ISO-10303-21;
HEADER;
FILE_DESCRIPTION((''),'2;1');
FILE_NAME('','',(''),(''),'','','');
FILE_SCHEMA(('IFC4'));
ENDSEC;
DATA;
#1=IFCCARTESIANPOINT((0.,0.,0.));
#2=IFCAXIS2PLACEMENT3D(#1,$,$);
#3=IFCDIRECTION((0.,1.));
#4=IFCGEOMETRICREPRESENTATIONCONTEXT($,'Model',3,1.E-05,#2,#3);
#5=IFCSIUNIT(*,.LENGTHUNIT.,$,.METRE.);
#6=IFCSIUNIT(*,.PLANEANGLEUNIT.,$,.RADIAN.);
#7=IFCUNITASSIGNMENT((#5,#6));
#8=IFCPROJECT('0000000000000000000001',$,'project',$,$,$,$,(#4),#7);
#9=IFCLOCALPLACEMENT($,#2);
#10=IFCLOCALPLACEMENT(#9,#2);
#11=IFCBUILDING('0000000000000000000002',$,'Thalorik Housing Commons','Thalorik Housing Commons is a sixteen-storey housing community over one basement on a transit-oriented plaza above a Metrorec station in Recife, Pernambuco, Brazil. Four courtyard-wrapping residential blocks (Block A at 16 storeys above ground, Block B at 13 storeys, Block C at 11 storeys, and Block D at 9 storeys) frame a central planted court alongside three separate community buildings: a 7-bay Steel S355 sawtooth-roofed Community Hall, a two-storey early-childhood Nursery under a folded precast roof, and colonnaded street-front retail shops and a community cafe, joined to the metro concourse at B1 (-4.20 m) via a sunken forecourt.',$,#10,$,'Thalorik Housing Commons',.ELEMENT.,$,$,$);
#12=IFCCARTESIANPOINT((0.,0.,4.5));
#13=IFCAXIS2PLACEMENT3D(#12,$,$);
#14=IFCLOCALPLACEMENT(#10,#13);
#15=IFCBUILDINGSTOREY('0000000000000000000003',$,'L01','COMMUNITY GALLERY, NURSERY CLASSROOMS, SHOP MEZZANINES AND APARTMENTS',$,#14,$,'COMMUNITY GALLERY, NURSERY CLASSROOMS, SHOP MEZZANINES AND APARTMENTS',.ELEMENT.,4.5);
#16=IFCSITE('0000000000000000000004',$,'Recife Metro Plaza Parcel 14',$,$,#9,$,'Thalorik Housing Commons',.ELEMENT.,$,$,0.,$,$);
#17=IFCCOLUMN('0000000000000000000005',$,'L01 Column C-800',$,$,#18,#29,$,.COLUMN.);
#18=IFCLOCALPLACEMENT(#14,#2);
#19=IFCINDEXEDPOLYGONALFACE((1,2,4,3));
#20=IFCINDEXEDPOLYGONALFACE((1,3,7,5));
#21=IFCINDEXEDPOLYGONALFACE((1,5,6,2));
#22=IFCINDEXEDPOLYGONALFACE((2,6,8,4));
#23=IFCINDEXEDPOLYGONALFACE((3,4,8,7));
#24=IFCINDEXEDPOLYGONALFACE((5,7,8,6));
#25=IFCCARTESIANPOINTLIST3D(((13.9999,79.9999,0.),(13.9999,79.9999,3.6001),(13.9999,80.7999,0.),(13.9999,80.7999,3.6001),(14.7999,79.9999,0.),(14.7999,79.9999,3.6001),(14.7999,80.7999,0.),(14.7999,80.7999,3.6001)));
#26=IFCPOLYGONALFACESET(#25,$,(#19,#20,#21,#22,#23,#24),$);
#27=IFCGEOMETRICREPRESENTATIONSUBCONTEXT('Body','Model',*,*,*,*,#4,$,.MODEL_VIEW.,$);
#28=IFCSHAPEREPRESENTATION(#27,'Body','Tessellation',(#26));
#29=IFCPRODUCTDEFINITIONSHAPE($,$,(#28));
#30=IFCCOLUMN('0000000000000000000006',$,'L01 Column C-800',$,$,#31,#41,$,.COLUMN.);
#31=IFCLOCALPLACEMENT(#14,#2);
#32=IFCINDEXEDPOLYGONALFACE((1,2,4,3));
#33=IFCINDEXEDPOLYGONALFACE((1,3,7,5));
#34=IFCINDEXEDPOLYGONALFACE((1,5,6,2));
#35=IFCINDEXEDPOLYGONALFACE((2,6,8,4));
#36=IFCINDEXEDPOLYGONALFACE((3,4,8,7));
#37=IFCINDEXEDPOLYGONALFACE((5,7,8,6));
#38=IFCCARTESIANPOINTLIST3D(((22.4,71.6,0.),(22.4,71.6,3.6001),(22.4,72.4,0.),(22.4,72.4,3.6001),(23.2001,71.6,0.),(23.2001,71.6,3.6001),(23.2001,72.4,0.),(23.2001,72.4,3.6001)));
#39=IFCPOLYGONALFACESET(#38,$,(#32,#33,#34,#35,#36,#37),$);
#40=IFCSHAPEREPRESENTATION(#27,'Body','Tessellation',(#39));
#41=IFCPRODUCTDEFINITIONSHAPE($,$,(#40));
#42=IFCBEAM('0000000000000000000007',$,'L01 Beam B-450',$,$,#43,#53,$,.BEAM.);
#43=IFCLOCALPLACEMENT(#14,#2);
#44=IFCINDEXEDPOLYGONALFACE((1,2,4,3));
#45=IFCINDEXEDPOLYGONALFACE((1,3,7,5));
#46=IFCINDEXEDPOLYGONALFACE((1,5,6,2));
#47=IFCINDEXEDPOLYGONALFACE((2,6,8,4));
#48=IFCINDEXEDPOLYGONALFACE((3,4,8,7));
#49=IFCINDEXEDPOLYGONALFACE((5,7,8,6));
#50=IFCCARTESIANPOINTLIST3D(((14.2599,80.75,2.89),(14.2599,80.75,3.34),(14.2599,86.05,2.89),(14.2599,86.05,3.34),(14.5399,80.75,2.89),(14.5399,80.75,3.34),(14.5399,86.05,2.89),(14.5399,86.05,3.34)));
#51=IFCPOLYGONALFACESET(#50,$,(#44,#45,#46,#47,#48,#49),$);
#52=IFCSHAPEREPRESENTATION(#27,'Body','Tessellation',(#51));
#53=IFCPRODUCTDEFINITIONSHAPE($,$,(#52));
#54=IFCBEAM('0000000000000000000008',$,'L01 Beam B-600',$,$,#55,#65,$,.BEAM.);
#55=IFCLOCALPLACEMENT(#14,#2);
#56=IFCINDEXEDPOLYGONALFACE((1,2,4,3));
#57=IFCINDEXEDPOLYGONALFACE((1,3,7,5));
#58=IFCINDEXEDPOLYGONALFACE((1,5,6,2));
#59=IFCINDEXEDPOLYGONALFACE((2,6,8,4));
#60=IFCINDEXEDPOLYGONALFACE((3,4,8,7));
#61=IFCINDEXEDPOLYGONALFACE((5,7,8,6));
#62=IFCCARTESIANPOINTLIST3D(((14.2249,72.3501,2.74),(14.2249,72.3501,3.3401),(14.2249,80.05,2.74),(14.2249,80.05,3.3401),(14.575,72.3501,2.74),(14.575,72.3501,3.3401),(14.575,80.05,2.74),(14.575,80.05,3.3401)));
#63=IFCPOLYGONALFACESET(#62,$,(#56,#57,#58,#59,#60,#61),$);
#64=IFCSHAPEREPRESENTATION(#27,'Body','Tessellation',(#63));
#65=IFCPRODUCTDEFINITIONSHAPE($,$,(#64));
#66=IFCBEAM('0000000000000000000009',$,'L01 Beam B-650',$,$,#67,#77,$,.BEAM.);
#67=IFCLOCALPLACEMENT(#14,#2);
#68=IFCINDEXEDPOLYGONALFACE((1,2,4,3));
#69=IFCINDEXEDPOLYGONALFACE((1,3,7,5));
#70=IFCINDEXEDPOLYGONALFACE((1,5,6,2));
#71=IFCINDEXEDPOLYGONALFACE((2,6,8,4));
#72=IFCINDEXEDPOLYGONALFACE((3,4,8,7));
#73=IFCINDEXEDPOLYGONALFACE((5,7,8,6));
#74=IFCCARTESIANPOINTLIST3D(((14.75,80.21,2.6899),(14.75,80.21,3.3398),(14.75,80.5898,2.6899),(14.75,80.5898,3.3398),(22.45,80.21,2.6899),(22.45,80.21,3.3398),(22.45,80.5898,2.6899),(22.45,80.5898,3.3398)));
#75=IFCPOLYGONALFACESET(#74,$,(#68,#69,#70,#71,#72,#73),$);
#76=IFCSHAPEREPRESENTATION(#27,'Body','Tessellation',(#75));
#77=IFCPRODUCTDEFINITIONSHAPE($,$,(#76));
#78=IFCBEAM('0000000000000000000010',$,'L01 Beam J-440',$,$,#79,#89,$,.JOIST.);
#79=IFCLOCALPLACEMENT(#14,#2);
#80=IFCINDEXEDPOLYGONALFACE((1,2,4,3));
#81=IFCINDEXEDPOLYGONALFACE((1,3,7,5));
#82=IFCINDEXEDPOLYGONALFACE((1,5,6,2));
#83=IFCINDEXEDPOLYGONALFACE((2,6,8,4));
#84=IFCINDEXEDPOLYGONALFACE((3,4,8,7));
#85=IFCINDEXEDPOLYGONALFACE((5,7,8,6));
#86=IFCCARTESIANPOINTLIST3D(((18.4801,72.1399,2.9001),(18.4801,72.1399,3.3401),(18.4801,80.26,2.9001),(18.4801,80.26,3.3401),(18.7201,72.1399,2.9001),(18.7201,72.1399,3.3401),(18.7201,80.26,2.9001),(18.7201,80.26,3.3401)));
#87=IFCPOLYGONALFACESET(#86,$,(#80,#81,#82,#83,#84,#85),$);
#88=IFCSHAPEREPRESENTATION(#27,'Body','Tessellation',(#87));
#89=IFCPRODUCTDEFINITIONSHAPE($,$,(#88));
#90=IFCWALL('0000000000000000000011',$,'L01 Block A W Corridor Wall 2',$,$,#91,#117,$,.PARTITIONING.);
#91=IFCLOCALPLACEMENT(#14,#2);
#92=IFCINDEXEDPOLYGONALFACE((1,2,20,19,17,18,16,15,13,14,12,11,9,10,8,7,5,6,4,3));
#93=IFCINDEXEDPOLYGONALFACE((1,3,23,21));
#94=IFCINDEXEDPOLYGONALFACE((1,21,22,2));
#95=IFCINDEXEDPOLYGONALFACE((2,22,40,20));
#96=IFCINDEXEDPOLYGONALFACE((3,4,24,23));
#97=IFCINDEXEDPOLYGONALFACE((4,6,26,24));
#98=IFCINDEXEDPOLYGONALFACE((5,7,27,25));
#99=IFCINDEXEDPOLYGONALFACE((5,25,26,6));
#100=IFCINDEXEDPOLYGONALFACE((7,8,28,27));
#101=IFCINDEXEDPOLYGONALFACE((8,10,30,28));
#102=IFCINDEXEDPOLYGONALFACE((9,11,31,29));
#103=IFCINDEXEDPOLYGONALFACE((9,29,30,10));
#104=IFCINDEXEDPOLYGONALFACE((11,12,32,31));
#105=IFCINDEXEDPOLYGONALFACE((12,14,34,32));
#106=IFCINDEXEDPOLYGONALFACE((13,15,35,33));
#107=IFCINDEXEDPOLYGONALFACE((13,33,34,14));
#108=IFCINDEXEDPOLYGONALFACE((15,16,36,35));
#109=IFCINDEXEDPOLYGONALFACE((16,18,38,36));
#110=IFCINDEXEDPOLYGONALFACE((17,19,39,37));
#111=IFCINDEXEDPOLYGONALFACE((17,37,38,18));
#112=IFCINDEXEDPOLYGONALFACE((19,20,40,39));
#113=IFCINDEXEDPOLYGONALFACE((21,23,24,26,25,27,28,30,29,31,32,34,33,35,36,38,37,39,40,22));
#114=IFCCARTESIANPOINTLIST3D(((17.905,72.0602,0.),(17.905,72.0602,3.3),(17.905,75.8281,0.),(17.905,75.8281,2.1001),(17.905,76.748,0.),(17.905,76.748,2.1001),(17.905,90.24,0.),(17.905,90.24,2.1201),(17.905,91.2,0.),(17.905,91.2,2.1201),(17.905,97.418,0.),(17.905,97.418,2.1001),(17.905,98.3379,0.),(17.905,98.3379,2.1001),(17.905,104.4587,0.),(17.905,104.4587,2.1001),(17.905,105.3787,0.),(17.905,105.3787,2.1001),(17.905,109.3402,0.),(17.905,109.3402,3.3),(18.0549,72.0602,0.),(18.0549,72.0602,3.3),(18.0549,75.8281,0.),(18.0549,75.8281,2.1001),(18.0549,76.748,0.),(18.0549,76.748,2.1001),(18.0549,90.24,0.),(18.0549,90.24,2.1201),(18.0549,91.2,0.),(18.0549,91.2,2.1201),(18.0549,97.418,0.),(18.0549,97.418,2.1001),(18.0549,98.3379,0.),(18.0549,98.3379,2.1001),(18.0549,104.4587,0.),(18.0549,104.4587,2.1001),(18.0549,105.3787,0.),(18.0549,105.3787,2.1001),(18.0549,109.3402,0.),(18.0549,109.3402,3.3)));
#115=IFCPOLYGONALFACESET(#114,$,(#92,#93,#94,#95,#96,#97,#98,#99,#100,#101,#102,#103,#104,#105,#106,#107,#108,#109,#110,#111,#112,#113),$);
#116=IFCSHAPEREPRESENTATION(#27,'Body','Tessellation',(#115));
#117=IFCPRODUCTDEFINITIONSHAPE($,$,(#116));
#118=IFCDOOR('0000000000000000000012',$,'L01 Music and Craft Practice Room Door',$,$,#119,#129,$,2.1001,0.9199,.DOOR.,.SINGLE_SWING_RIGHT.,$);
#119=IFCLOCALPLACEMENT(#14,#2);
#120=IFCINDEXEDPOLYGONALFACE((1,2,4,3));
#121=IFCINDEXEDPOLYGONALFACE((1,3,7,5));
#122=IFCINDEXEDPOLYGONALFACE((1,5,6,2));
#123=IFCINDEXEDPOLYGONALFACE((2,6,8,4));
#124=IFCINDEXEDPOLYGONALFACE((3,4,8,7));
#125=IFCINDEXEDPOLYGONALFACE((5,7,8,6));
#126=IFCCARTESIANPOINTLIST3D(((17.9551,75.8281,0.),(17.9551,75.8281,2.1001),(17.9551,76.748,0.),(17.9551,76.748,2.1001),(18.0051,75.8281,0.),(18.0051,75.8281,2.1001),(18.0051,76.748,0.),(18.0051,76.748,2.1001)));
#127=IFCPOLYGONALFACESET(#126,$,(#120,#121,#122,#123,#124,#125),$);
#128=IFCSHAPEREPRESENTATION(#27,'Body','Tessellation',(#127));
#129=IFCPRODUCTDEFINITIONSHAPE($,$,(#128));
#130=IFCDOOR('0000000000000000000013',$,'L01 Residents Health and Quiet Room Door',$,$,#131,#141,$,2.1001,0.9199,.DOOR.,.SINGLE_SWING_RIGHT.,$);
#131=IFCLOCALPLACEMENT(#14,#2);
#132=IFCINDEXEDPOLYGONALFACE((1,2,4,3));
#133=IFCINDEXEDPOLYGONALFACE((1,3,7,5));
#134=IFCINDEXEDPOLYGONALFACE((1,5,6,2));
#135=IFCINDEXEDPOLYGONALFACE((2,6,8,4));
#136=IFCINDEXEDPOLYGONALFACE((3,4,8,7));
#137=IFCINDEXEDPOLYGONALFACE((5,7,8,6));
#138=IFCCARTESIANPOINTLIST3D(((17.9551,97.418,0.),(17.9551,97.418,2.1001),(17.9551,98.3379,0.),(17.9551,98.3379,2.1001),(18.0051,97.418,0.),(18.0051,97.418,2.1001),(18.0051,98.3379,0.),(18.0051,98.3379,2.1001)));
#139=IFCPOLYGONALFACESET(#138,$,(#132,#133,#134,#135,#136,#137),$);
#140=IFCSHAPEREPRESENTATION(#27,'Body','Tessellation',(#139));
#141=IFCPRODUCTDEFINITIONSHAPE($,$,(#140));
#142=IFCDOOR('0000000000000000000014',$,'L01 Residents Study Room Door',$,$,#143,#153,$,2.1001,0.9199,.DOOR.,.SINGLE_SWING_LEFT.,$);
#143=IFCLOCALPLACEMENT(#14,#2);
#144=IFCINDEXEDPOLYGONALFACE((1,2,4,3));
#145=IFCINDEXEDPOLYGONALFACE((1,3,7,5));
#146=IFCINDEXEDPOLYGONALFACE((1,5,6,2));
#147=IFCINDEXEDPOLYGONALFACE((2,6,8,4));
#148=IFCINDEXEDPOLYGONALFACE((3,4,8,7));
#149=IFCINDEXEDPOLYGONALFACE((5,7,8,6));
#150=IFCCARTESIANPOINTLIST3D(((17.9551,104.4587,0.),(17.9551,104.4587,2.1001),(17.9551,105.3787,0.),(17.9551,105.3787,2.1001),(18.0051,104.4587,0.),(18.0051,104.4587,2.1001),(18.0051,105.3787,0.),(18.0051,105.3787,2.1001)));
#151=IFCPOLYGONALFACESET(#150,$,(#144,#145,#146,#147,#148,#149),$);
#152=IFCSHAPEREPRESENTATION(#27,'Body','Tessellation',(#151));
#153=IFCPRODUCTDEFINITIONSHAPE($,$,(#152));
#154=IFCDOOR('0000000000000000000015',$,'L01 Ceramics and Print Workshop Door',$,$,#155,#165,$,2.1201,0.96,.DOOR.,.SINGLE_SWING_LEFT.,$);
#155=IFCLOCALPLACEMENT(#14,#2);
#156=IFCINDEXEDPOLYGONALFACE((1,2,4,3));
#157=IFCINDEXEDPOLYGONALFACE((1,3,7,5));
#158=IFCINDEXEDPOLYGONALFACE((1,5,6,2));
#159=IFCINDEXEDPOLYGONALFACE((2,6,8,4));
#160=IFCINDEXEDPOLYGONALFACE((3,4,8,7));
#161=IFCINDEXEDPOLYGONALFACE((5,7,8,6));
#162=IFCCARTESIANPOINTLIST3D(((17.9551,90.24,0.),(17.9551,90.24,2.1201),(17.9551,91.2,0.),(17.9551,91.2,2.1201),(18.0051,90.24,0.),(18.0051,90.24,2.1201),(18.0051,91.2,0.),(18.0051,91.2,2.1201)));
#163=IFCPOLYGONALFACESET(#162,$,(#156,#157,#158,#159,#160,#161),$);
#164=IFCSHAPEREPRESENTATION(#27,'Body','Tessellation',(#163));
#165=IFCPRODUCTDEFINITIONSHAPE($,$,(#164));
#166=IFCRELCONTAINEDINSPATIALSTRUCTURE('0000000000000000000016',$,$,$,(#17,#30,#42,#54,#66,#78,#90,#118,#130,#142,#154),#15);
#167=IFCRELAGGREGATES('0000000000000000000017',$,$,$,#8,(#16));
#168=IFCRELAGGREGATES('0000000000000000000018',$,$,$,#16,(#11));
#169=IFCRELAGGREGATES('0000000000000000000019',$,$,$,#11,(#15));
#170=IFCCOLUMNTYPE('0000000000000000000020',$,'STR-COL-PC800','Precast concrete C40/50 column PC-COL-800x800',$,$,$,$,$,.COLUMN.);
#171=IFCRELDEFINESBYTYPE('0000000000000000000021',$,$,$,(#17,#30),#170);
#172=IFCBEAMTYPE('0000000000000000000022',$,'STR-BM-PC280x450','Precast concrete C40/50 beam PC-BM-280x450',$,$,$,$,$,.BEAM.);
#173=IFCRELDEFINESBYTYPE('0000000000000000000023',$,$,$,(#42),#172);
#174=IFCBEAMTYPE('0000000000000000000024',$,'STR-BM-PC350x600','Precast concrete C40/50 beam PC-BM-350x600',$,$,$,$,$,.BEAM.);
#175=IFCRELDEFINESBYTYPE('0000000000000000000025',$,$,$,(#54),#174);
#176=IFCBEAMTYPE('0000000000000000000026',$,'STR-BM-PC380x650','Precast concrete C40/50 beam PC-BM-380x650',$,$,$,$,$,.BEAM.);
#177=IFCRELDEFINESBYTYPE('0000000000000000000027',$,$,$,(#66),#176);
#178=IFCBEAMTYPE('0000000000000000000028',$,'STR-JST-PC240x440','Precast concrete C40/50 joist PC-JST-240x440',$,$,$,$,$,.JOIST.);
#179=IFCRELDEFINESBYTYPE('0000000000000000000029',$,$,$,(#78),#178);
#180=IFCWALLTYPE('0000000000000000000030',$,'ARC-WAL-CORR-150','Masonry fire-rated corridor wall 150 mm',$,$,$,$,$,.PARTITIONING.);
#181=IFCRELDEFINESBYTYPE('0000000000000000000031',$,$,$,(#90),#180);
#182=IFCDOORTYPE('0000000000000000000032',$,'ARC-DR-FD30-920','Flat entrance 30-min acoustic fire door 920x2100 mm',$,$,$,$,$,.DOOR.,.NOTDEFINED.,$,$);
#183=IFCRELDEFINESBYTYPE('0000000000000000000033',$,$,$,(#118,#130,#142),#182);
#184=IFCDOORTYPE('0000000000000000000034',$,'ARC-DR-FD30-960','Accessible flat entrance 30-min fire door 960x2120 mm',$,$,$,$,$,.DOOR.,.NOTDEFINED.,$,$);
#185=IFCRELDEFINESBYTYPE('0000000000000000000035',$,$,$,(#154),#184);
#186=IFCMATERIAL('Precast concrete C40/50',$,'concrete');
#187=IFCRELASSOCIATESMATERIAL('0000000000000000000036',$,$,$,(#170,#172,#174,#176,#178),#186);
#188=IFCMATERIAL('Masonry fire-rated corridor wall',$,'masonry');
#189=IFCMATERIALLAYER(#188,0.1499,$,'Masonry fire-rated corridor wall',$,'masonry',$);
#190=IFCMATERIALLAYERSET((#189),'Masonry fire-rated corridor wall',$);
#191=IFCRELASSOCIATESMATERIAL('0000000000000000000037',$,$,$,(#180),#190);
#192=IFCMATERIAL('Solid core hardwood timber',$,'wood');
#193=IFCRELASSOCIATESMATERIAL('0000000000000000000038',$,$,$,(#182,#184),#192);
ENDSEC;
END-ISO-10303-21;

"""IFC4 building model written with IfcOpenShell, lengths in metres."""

from ifc_helpers import new_model, si_unit, direction, frame, frame_2d, origin, origin_2d, place, context, subcontext, project, spatial, rectangle, extrude, material, layer, layer_set, material_profile, profile_set, type_object, element, fill, save


model = new_model("IFC4")

# Units and contexts
model_context = context("Model", 3, precision=1e-05, world=origin(), true_north=direction((0.0, 1.0)))
body_context = subcontext(model_context, "Body", "Model", "MODEL_VIEW")
ifc_project = project(units=[si_unit("LENGTHUNIT", "METRE"), si_unit("PLANEANGLEUNIT", "RADIAN")], contexts=[model_context])

# Site, building, storey
site_placement = place(None, origin())
site = spatial("IfcSite", under=ifc_project, at=site_placement, Name="Recife Metro Plaza Parcel 14", LongName="Thalorik Housing Commons", CompositionType="ELEMENT", RefElevation=0.0)
building_placement = place(site_placement, origin())
building = spatial("IfcBuilding", under=site, at=building_placement, Name="Thalorik Housing Commons", Description="Thalorik Housing Commons is a sixteen-storey housing community over one basement on a transit-oriented plaza above a Metrorec station in Recife, Pernambuco, Brazil. Four courtyard-wrapping residential blocks (Block A at 16 storeys above ground, Block B at 13 storeys, Block C at 11 storeys, and Block D at 9 storeys) frame a central planted court alongside three separate community buildings: a 7-bay Steel S355 sawtooth-roofed Community Hall, a two-storey early-childhood Nursery under a folded precast roof, and colonnaded street-front retail shops and a community cafe, joined to the metro concourse at B1 (-4.20 m) via a sunken forecourt.", LongName="Thalorik Housing Commons", CompositionType="ELEMENT")
storey_placement = place(building_placement, frame((0.0, 0.0, 4.5)))
storey = spatial("IfcBuildingStorey", under=building, at=storey_placement, Name="L01", Description="COMMUNITY GALLERY, NURSERY CLASSROOMS, SHOP MEZZANINES AND APARTMENTS", LongName="COMMUNITY GALLERY, NURSERY CLASSROOMS, SHOP MEZZANINES AND APARTMENTS", CompositionType="ELEMENT", Elevation=4.5)

# Columns
ifc_material_1 = material(Name="Precast concrete C40/50", Category="concrete")
ifc_material_profile_1 = material_profile(ifc_material_1, rectangle(XDim=0.8, YDim=0.8, at=origin_2d()), Name="PC 800x800", Category="concrete")
ifc_profile_set_1 = profile_set([ifc_material_profile_1], Name="Precast concrete C40/50")
column_type = type_object("IfcColumnType", Name="STR-COL-PC800", Description="Precast concrete C40/50 column PC-COL-800x800", PredefinedType="COLUMN", material=ifc_profile_set_1)
for number, where, z_axis, x_axis, name in (
    (1, (14.3999, 80.3999, 0.0), (0.0, 0.0, 1.0), (1.0, 0.0, 0.0), "L01 Column C-800"),
    (2, (22.8, 72.0, 0.0), (0.0, 0.0, 1.0), (1.0, 0.0, 0.0), "L01 Column C-800"),
):
    element("IfcColumn", number, at=place(storey_placement, frame(where, z_axis=z_axis, x_axis=x_axis)), inside=storey, type_object=column_type, Name=name, PredefinedType="COLUMN", context=body_context, shape_type="SweptSolid", body=[
        extrude(rectangle(XDim=0.8, YDim=0.8, at=origin_2d()), origin(), (0.0, 0.0, 1.0), 3.6001),
    ])

# Beams
ifc_material_profile_2 = material_profile(ifc_material_1, rectangle(XDim=0.28, YDim=0.45, at=origin_2d()), Name="PC 280x450", Category="concrete")
ifc_profile_set_2 = profile_set([ifc_material_profile_2], Name="Precast concrete C40/50")
beam_type_1 = type_object("IfcBeamType", Name="STR-BM-PC280x450", Description="Precast concrete C40/50 beam PC-BM-280x450", PredefinedType="BEAM", material=ifc_profile_set_2)
beam_1_placement = place(storey_placement, frame((14.3999, 80.75, 3.115), z_axis=(0.0, 1.0, 0.0), x_axis=(-1.0, 0.0, 0.0)))
element("IfcBeam", 3, at=beam_1_placement, inside=storey, type_object=beam_type_1, Name="L01 Beam B-450", PredefinedType="BEAM", context=body_context, shape_type="SweptSolid", body=[
    extrude(rectangle(XDim=0.28, YDim=0.45, at=origin_2d()), origin(), (0.0, 0.0, 1.0), 5.3),
])
ifc_material_profile_3 = material_profile(ifc_material_1, rectangle(XDim=0.3501, YDim=0.6001, at=origin_2d()), Name="PC 350x600", Category="concrete")
ifc_profile_set_3 = profile_set([ifc_material_profile_3], Name="Precast concrete C40/50")
beam_type_2 = type_object("IfcBeamType", Name="STR-BM-PC350x600", Description="Precast concrete C40/50 beam PC-BM-350x600", PredefinedType="BEAM", material=ifc_profile_set_3)
beam_2_placement = place(storey_placement, frame((14.3999, 72.3501, 3.04), z_axis=(0.0, 1.0, 0.0), x_axis=(-1.0, 0.0, 0.0)))
element("IfcBeam", 4, at=beam_2_placement, inside=storey, type_object=beam_type_2, Name="L01 Beam B-600", PredefinedType="BEAM", context=body_context, shape_type="SweptSolid", body=[
    extrude(rectangle(XDim=0.3501, YDim=0.6001, at=origin_2d()), origin(), (0.0, 0.0, 1.0), 7.7),
])
ifc_material_profile_4 = material_profile(ifc_material_1, rectangle(XDim=0.3799, YDim=0.6499, at=origin_2d()), Name="PC 380x650", Category="concrete")
ifc_profile_set_4 = profile_set([ifc_material_profile_4], Name="Precast concrete C40/50")
beam_type_3 = type_object("IfcBeamType", Name="STR-BM-PC380x650", Description="Precast concrete C40/50 beam PC-BM-380x650", PredefinedType="BEAM", material=ifc_profile_set_4)
beam_3_placement = place(storey_placement, frame((14.75, 80.3999, 3.0149), z_axis=(1.0, 0.0, 0.0), x_axis=(0.0, 1.0, 0.0)))
element("IfcBeam", 5, at=beam_3_placement, inside=storey, type_object=beam_type_3, Name="L01 Beam B-650", PredefinedType="BEAM", context=body_context, shape_type="SweptSolid", body=[
    extrude(rectangle(XDim=0.3799, YDim=0.6499, at=origin_2d()), origin(), (0.0, 0.0, 1.0), 7.7),
])
ifc_material_profile_5 = material_profile(ifc_material_1, rectangle(XDim=0.24, YDim=0.4399, at=origin_2d()), Name="PC JST 240x440", Category="concrete")
ifc_profile_set_5 = profile_set([ifc_material_profile_5], Name="Precast concrete C40/50")
beam_type_4 = type_object("IfcBeamType", Name="STR-JST-PC240x440", Description="Precast concrete C40/50 joist PC-JST-240x440", PredefinedType="JOIST", material=ifc_profile_set_5)
beam_4_placement = place(storey_placement, frame((18.6001, 72.1399, 3.1201), z_axis=(0.0, 1.0, 0.0), x_axis=(-1.0, 0.0, 0.0)))
element("IfcBeam", 6, at=beam_4_placement, inside=storey, type_object=beam_type_4, Name="L01 Beam J-440", PredefinedType="JOIST", context=body_context, shape_type="SweptSolid", body=[
    extrude(rectangle(XDim=0.24, YDim=0.4399, at=origin_2d()), origin(), (0.0, 0.0, 1.0), 8.1201),
])

# Wall, openings, doors
ifc_material_2 = material(Name="Masonry fire-rated corridor wall", Category="masonry")
ifc_layer_1 = layer(ifc_material_2, 0.1499, Name="Masonry fire-rated corridor wall", Category="masonry")
ifc_layer_set_1 = layer_set([ifc_layer_1], Name="Masonry fire-rated corridor wall")
wall_type_1 = type_object("IfcWallType", Name="ARC-WAL-CORR-150", Description="Masonry fire-rated corridor wall 150 mm", PredefinedType="PARTITIONING", material=ifc_layer_set_1)
wall_1_placement = place(storey_placement, frame((17.98, 72.0601, 0.0), z_axis=(0.0, 0.0, 1.0), x_axis=(0.0, 1.0, 0.0)))
wall_1 = element("IfcWall", 7, at=wall_1_placement, inside=storey, type_object=wall_type_1, Name="L01 Block A W Corridor Wall 2", PredefinedType="PARTITIONING", context=body_context, shape_type="SweptSolid", body=[
    extrude(rectangle(XDim=37.28, YDim=0.1499, at=frame_2d((18.6401, 0.0))), origin(), (0.0, 0.0, 1.0), 3.3),
])
opening_1_placement = place(wall_1_placement, frame((3.7681, 0.0, 0.0)))
opening_1 = element("IfcOpeningElement", 8, at=opening_1_placement, cuts=wall_1, PredefinedType="OPENING", context=body_context, shape_type="SweptSolid", body=[
    extrude(rectangle(XDim=0.9199, YDim=2.1001, at=frame_2d((0.46, 1.05))), frame((0.0, 0.085, 0.0), z_axis=(0.0, -1.0, 0.0), x_axis=(1.0, 0.0, 0.0)), (0.0, 0.0, 1.0), 0.1699),
])
opening_2_placement = place(wall_1_placement, frame((18.1799, 0.0, 0.0)))
opening_2 = element("IfcOpeningElement", 9, at=opening_2_placement, cuts=wall_1, PredefinedType="OPENING", context=body_context, shape_type="SweptSolid", body=[
    extrude(rectangle(XDim=0.96, YDim=2.1201, at=frame_2d((0.48, 1.0601))), frame((0.0, 0.085, 0.0), z_axis=(0.0, -1.0, 0.0), x_axis=(1.0, 0.0, 0.0)), (0.0, 0.0, 1.0), 0.1699),
])
opening_3_placement = place(wall_1_placement, frame((25.3579, 0.0, 0.0)))
opening_3 = element("IfcOpeningElement", 10, at=opening_3_placement, cuts=wall_1, PredefinedType="OPENING", context=body_context, shape_type="SweptSolid", body=[
    extrude(rectangle(XDim=0.9199, YDim=2.1001, at=frame_2d((0.46, 1.05))), frame((0.0, 0.085, 0.0), z_axis=(0.0, -1.0, 0.0), x_axis=(1.0, 0.0, 0.0)), (0.0, 0.0, 1.0), 0.1699),
])
opening_4_placement = place(wall_1_placement, frame((32.3987, 0.0, 0.0)))
opening_4 = element("IfcOpeningElement", 11, at=opening_4_placement, cuts=wall_1, PredefinedType="OPENING", context=body_context, shape_type="SweptSolid", body=[
    extrude(rectangle(XDim=0.9199, YDim=2.1001, at=frame_2d((0.46, 1.05))), frame((0.0, 0.085, 0.0), z_axis=(0.0, -1.0, 0.0), x_axis=(1.0, 0.0, 0.0)), (0.0, 0.0, 1.0), 0.1699),
])
ifc_material_3 = material(Name="Solid core hardwood timber", Category="wood")
door_type_1 = type_object("IfcDoorType", Name="ARC-DR-FD30-920", Description="Flat entrance 30-min acoustic fire door 920x2100 mm", OperationType="NOTDEFINED", PredefinedType="DOOR", material=ifc_material_3)
door_1_placement = place(opening_1_placement, origin())
door_1 = element("IfcDoor", 12, at=door_1_placement, inside=storey, type_object=door_type_1, Name="L01 Music and Craft Practice Room Door", OperationType="SINGLE_SWING_RIGHT", OverallHeight=2.1001, OverallWidth=0.9199, PredefinedType="DOOR", context=body_context, shape_type="SweptSolid", body=[
    extrude(rectangle(XDim=0.9199, YDim=2.1001, at=frame_2d((0.46, 1.05))), frame((0.0, 0.0249, 0.0), z_axis=(0.0, -1.0, 0.0), x_axis=(1.0, 0.0, 0.0)), (0.0, 0.0, 1.0), 0.05),
])
fill(opening_1, door_1)
door_2_placement = place(opening_3_placement, origin())
door_2 = element("IfcDoor", 13, at=door_2_placement, inside=storey, type_object=door_type_1, Name="L01 Residents Health and Quiet Room Door", OperationType="SINGLE_SWING_RIGHT", OverallHeight=2.1001, OverallWidth=0.9199, PredefinedType="DOOR", context=body_context, shape_type="SweptSolid", body=[
    extrude(rectangle(XDim=0.9199, YDim=2.1001, at=frame_2d((0.46, 1.05))), frame((0.0, 0.0249, 0.0), z_axis=(0.0, -1.0, 0.0), x_axis=(1.0, 0.0, 0.0)), (0.0, 0.0, 1.0), 0.05),
])
fill(opening_3, door_2)
door_3_placement = place(opening_4_placement, origin())
door_3 = element("IfcDoor", 14, at=door_3_placement, inside=storey, type_object=door_type_1, Name="L01 Residents Study Room Door", OperationType="SINGLE_SWING_LEFT", OverallHeight=2.1001, OverallWidth=0.9199, PredefinedType="DOOR", context=body_context, shape_type="SweptSolid", body=[
    extrude(rectangle(XDim=0.9199, YDim=2.1001, at=frame_2d((0.46, 1.05))), frame((0.0, 0.0249, 0.0), z_axis=(0.0, -1.0, 0.0), x_axis=(1.0, 0.0, 0.0)), (0.0, 0.0, 1.0), 0.05),
])
fill(opening_4, door_3)
door_type_2 = type_object("IfcDoorType", Name="ARC-DR-FD30-960", Description="Accessible flat entrance 30-min fire door 960x2120 mm", OperationType="NOTDEFINED", PredefinedType="DOOR", material=ifc_material_3)
door_4_placement = place(opening_2_placement, origin())
door_4 = element("IfcDoor", 15, at=door_4_placement, inside=storey, type_object=door_type_2, Name="L01 Ceramics and Print Workshop Door", OperationType="SINGLE_SWING_LEFT", OverallHeight=2.1201, OverallWidth=0.96, PredefinedType="DOOR", context=body_context, shape_type="SweptSolid", body=[
    extrude(rectangle(XDim=0.96, YDim=2.1201, at=frame_2d((0.48, 1.0601))), frame((0.0, 0.0249, 0.0), z_axis=(0.0, -1.0, 0.0), x_axis=(1.0, 0.0, 0.0)), (0.0, 0.0, 1.0), 0.05),
])
fill(opening_2, door_4)

save(model, "model.ifc")
